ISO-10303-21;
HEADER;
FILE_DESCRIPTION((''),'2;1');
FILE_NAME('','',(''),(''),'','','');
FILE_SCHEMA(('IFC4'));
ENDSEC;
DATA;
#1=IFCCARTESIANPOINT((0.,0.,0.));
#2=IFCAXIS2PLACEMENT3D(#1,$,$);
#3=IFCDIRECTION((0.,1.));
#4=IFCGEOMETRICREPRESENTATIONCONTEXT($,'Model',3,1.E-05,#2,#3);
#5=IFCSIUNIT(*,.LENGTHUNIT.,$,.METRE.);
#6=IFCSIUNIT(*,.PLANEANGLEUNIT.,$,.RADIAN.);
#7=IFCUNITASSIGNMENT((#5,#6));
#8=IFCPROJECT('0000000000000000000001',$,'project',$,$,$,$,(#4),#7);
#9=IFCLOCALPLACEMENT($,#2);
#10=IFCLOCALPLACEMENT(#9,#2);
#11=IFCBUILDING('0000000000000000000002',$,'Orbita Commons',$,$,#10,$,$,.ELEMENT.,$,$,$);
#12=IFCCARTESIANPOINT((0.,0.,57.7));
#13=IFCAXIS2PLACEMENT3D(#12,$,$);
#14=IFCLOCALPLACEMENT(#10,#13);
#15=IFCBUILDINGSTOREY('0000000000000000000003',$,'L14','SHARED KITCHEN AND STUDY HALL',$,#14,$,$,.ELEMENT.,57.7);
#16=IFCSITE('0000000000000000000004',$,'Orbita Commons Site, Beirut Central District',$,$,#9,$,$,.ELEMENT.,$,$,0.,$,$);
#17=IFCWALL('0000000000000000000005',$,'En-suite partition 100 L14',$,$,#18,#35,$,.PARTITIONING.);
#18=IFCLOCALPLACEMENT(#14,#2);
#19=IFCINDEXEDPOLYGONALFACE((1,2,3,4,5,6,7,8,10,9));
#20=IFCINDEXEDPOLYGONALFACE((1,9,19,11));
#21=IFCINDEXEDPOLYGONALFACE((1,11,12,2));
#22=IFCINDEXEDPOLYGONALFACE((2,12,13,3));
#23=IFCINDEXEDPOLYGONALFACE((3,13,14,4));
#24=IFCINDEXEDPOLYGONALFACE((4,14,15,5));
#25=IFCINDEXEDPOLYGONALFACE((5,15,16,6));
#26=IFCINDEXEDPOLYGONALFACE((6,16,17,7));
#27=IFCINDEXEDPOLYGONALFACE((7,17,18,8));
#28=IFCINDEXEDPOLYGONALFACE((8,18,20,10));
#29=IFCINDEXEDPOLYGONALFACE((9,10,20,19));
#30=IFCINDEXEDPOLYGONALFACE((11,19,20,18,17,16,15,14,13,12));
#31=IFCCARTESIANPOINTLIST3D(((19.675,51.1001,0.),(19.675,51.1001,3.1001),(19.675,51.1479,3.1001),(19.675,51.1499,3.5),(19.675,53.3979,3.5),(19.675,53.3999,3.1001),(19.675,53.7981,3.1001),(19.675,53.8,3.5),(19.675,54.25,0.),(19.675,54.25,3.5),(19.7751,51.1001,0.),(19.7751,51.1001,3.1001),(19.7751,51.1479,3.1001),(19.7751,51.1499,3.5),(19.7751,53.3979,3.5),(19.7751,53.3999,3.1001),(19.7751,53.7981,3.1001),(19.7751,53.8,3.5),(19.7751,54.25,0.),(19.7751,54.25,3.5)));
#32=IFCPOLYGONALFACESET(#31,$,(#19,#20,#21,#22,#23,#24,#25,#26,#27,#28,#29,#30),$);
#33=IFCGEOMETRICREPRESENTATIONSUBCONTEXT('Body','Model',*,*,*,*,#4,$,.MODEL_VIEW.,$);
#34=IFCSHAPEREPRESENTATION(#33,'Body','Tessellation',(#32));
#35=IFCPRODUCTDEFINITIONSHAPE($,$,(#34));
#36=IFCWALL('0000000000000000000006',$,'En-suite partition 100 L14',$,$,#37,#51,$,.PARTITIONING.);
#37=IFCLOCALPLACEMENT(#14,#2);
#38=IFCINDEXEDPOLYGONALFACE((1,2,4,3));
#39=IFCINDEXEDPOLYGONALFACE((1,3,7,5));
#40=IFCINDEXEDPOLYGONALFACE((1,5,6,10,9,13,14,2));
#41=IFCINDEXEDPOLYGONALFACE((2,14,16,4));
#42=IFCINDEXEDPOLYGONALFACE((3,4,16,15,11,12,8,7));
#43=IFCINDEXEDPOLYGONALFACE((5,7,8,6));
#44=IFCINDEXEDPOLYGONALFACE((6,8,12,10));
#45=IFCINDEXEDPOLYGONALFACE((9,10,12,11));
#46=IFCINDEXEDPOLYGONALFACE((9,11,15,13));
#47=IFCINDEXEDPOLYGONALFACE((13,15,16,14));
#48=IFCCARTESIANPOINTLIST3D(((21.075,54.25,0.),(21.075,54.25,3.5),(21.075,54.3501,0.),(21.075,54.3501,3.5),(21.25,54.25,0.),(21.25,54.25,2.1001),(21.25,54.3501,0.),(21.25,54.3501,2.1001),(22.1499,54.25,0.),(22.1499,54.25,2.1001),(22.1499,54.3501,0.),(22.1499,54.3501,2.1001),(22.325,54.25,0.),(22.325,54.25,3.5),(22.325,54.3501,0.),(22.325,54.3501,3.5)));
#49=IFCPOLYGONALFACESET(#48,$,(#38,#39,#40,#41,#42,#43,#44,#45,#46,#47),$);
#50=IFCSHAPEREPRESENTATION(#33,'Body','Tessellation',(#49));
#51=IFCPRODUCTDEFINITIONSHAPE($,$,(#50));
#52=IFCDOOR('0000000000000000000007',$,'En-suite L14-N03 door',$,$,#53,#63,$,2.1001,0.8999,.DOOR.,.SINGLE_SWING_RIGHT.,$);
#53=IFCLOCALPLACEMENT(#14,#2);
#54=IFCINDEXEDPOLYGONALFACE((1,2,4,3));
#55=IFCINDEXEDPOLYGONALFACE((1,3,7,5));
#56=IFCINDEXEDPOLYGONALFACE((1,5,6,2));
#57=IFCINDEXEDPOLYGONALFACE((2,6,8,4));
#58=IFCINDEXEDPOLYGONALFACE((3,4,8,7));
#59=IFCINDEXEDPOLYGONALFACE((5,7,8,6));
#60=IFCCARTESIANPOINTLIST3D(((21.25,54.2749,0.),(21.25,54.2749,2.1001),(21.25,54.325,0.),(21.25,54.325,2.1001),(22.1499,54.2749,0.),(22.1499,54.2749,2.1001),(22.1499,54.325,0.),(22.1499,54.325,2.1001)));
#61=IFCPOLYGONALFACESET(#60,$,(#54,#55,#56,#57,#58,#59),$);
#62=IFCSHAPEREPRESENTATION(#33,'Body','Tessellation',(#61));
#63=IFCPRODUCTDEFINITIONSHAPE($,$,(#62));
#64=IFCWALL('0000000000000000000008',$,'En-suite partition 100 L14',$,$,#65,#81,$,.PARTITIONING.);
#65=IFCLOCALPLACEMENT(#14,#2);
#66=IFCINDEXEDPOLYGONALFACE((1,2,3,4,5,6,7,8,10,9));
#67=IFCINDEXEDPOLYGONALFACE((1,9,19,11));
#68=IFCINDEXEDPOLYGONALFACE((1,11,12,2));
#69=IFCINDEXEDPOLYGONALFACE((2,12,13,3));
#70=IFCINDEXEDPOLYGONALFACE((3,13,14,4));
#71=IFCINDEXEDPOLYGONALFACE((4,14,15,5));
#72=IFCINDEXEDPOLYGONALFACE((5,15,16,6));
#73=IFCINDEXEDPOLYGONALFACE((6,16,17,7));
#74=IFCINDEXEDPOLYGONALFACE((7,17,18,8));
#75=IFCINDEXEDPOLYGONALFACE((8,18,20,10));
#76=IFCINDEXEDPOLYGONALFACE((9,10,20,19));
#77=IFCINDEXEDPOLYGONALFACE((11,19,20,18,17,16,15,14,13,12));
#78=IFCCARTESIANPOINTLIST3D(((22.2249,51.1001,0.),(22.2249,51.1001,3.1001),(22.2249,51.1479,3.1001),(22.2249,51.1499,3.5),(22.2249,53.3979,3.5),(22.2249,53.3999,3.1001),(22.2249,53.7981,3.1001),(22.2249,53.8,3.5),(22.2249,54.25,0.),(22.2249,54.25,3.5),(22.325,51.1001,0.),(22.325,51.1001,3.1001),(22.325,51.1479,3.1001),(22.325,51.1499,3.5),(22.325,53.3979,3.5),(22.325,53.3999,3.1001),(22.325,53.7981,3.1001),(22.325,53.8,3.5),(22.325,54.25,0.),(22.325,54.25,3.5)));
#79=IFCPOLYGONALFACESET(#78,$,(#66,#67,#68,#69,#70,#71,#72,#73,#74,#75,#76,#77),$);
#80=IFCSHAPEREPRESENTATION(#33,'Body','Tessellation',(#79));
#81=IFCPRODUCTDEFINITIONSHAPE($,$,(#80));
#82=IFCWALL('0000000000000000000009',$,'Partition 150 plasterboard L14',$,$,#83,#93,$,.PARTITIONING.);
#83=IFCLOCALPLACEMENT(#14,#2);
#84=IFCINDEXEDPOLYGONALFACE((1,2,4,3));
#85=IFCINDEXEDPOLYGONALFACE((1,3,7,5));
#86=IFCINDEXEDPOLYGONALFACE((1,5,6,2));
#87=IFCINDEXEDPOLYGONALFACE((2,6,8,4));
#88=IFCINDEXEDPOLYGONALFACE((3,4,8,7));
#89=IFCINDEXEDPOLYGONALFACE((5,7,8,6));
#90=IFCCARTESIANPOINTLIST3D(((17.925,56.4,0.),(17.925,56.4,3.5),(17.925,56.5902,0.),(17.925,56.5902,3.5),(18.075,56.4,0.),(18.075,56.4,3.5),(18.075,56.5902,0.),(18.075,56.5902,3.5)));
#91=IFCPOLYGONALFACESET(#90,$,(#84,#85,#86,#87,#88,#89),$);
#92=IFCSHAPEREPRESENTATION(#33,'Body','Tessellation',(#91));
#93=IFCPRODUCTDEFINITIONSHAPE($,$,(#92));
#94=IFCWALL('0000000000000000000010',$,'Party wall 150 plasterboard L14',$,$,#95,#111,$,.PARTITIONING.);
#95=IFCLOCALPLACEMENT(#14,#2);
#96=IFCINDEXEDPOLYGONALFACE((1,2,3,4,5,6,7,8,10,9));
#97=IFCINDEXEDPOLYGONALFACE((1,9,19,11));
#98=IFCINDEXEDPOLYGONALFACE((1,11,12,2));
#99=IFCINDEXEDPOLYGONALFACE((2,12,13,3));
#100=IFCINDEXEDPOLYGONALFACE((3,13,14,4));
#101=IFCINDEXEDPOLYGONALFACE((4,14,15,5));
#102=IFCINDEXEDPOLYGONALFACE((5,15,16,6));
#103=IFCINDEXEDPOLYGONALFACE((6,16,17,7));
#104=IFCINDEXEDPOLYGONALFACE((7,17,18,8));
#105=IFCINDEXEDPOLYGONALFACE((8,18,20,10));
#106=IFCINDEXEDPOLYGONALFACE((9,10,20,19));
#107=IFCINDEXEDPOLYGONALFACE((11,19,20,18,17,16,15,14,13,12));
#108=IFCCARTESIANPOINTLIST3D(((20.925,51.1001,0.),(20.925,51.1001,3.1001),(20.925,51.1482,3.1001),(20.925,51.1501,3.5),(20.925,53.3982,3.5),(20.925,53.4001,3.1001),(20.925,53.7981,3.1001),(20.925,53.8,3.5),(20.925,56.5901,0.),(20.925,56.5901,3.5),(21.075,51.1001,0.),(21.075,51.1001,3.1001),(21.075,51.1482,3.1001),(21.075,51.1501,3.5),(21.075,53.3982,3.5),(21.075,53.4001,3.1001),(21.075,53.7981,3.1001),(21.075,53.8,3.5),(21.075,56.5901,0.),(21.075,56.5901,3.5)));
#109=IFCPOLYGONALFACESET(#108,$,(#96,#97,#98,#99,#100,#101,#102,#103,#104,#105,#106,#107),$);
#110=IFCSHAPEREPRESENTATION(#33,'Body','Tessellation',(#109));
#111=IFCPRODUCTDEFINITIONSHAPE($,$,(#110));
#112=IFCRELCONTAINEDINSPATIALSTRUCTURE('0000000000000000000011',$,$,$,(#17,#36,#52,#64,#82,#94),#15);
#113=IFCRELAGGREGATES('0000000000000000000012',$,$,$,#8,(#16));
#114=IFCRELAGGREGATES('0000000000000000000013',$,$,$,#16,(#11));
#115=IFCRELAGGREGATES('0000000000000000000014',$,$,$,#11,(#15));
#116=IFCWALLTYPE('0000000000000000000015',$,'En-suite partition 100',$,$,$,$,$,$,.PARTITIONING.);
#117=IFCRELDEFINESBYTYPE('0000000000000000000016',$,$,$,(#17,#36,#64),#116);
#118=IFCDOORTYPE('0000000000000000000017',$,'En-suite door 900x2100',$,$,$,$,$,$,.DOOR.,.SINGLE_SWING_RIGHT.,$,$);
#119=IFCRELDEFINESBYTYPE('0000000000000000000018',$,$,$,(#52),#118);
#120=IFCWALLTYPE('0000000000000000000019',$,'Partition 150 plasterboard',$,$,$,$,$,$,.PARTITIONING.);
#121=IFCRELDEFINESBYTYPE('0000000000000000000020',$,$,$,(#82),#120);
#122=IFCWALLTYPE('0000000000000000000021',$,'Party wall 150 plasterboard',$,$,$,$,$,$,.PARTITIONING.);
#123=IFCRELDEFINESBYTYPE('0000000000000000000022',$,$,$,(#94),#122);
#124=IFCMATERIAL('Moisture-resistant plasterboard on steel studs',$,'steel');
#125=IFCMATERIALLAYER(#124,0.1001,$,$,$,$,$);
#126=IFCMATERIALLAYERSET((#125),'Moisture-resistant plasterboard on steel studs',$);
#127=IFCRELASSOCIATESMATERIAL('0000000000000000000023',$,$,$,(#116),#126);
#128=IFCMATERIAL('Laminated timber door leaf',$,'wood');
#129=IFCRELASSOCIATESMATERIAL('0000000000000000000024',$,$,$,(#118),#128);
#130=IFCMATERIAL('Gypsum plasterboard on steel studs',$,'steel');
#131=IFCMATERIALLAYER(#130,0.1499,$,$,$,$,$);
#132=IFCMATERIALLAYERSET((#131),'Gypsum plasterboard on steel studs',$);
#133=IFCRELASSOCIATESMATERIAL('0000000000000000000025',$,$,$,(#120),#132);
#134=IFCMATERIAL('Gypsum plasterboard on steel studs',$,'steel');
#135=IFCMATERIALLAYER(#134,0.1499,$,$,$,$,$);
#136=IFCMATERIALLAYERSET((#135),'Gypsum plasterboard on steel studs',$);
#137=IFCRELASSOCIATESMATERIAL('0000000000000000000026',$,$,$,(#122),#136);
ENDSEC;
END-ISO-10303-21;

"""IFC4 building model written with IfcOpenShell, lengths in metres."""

from ifc_helpers import new_model, si_unit, direction, frame, frame_2d, origin, place, context, subcontext, project, spatial, polyline, rectangle, outline, extrude, material, layer, layer_set, type_object, element, fill, save


model = new_model("IFC4")

# Units and contexts
model_context = context("Model", 3, precision=1e-05, world=origin(), true_north=direction((0.0, 1.0)))
body_context = subcontext(model_context, "Body", "Model", "MODEL_VIEW")
ifc_project = project(units=[si_unit("LENGTHUNIT", "METRE"), si_unit("PLANEANGLEUNIT", "RADIAN")], contexts=[model_context])

# Site, building, storey
site_placement = place(None, origin())
site = spatial("IfcSite", under=ifc_project, at=site_placement, Name="Orbita Commons Site, Beirut Central District", CompositionType="ELEMENT", RefElevation=0.0)
building_placement = place(site_placement, origin())
building = spatial("IfcBuilding", under=site, at=building_placement, Name="Orbita Commons", CompositionType="ELEMENT")
storey_placement = place(building_placement, frame((0.0, 0.0, 57.7)))
storey = spatial("IfcBuildingStorey", under=building, at=storey_placement, Name="L14", Description="SHARED KITCHEN AND STUDY HALL", CompositionType="ELEMENT", Elevation=57.7)

# Shared definitions
ifc_material_1 = material(Name="Moisture-resistant plasterboard on steel studs", Category="steel")
ifc_layer_1 = layer(ifc_material_1, 0.1001)
ifc_layer_set_1 = layer_set([ifc_layer_1], Name="Moisture-resistant plasterboard on steel studs")
wall_type_1 = type_object("IfcWallType", Name="En-suite partition 100", PredefinedType="PARTITIONING", material=ifc_layer_set_1)
ifc_material_2 = material(Name="Laminated timber door leaf", Category="wood")
door_type = type_object("IfcDoorType", Name="En-suite door 900x2100", OperationType="SINGLE_SWING_RIGHT", PredefinedType="DOOR", material=ifc_material_2)

# Wall
wall_1_placement = place(storey_placement, frame((19.7251, 54.25, 0.0), z_axis=(0.0, 0.0, 1.0), x_axis=(0.0, -1.0, 0.0)))
element("IfcWall", 1, at=wall_1_placement, inside=storey, type_object=wall_type_1, Name="En-suite partition 100 L14", PredefinedType="PARTITIONING", context=body_context, shape_type="SweptSolid", body=[
    extrude(outline(polyline([(0.0, 0.0), (3.1499, 0.0), (3.1499, 3.1001), (3.1021, 3.1001), (3.1001, 3.5), (0.8521, 3.5), (0.8501, 3.1001), (0.4519, 3.1001), (0.45, 3.5), (0.0, 3.5), (0.0, 0.0)])), frame((0.0, 0.05, 0.0), z_axis=(0.0, -1.0, 0.0), x_axis=(1.0, 0.0, 0.0)), (0.0, 0.0, 1.0), 0.1001),
])

# Wall, opening, door
wall_2_placement = place(storey_placement, frame((21.075, 54.3, 0.0), z_axis=(0.0, 0.0, 1.0), x_axis=(1.0, 0.0, 0.0)))
wall_2 = element("IfcWall", 2, at=wall_2_placement, inside=storey, type_object=wall_type_1, Name="En-suite partition 100 L14", PredefinedType="PARTITIONING", context=body_context, shape_type="SweptSolid", body=[
    extrude(rectangle(XDim=1.25, YDim=0.1001, at=frame_2d((0.625, 0.0))), origin(), (0.0, 0.0, 1.0), 3.5),
])
opening_1_placement = place(wall_2_placement, frame((0.175, 0.0, 0.0)))
opening_1 = element("IfcOpeningElement", 3, at=opening_1_placement, cuts=wall_2, PredefinedType="OPENING", context=body_context, shape_type="SweptSolid", body=[
    extrude(rectangle(XDim=0.8999, YDim=2.1001, at=frame_2d((0.45, 1.05))), frame((0.0, 0.0601, 0.0), z_axis=(0.0, -1.0, 0.0), x_axis=(1.0, 0.0, 0.0)), (0.0, 0.0, 1.0), 0.1201),
])
door_1_placement = place(opening_1_placement, origin())
door_1 = element("IfcDoor", 4, at=door_1_placement, inside=storey, type_object=door_type, Name="En-suite L14-N03 door", OperationType="SINGLE_SWING_RIGHT", OverallHeight=2.1001, OverallWidth=0.8999, PredefinedType="DOOR", context=body_context, shape_type="SweptSolid", body=[
    extrude(rectangle(XDim=0.8999, YDim=2.1001, at=frame_2d((0.45, 1.05))), frame((0.0, 0.0249, 0.0), z_axis=(0.0, -1.0, 0.0), x_axis=(1.0, 0.0, 0.0)), (0.0, 0.0, 1.0), 0.05),
])
fill(opening_1, door_1)

# Walls
wall_3_placement = place(storey_placement, frame((22.2749, 54.25, 0.0), z_axis=(0.0, 0.0, 1.0), x_axis=(0.0, -1.0, 0.0)))
element("IfcWall", 5, at=wall_3_placement, inside=storey, type_object=wall_type_1, Name="En-suite partition 100 L14", PredefinedType="PARTITIONING", context=body_context, shape_type="SweptSolid", body=[
    extrude(outline(polyline([(0.0, 0.0), (3.1499, 0.0), (3.1499, 3.1001), (3.1021, 3.1001), (3.1001, 3.5), (0.8521, 3.5), (0.8501, 3.1001), (0.4519, 3.1001), (0.45, 3.5), (0.0, 3.5), (0.0, 0.0)])), frame((0.0, 0.05, 0.0), z_axis=(0.0, -1.0, 0.0), x_axis=(1.0, 0.0, 0.0)), (0.0, 0.0, 1.0), 0.1001),
])
ifc_material_3 = material(Name="Gypsum plasterboard on steel studs", Category="steel")
ifc_layer_2 = layer(ifc_material_3, 0.1499)
ifc_layer_set_2 = layer_set([ifc_layer_2], Name="Gypsum plasterboard on steel studs")
wall_type_2 = type_object("IfcWallType", Name="Partition 150 plasterboard", PredefinedType="PARTITIONING", material=ifc_layer_set_2)
wall_4_placement = place(storey_placement, frame((18.0, 56.3999, 0.0), z_axis=(0.0, 0.0, 1.0), x_axis=(0.0, 1.0, 0.0)))
element("IfcWall", 6, at=wall_4_placement, inside=storey, type_object=wall_type_2, Name="Partition 150 plasterboard L14", PredefinedType="PARTITIONING", context=body_context, shape_type="SweptSolid", body=[
    extrude(rectangle(XDim=0.1902, YDim=0.1499, at=frame_2d((0.0952, 0.0))), origin(), (0.0, 0.0, 1.0), 3.5),
])
ifc_material_4 = material(Name="Gypsum plasterboard on steel studs", Category="steel")
ifc_layer_3 = layer(ifc_material_4, 0.1499)
ifc_layer_set_3 = layer_set([ifc_layer_3], Name="Gypsum plasterboard on steel studs")
wall_type_3 = type_object("IfcWallType", Name="Party wall 150 plasterboard", PredefinedType="PARTITIONING", material=ifc_layer_set_3)
wall_5_placement = place(storey_placement, frame((21.0, 56.5901, 0.0), z_axis=(0.0, 0.0, 1.0), x_axis=(0.0, -1.0, 0.0)))
element("IfcWall", 7, at=wall_5_placement, inside=storey, type_object=wall_type_3, Name="Party wall 150 plasterboard L14", PredefinedType="PARTITIONING", context=body_context, shape_type="SweptSolid", body=[
    extrude(outline(polyline([(0.0, 0.0), (5.49, 0.0), (5.49, 3.1001), (5.4419, 3.1001), (5.4399, 3.5), (3.1919, 3.5), (3.1899, 3.1001), (2.792, 3.1001), (2.79, 3.5), (0.0, 3.5), (0.0, 0.0)])), frame((0.0, 0.075, 0.0), z_axis=(0.0, -1.0, 0.0), x_axis=(1.0, 0.0, 0.0)), (0.0, 0.0, 1.0), 0.1499),
])

save(model, "model.ifc")
